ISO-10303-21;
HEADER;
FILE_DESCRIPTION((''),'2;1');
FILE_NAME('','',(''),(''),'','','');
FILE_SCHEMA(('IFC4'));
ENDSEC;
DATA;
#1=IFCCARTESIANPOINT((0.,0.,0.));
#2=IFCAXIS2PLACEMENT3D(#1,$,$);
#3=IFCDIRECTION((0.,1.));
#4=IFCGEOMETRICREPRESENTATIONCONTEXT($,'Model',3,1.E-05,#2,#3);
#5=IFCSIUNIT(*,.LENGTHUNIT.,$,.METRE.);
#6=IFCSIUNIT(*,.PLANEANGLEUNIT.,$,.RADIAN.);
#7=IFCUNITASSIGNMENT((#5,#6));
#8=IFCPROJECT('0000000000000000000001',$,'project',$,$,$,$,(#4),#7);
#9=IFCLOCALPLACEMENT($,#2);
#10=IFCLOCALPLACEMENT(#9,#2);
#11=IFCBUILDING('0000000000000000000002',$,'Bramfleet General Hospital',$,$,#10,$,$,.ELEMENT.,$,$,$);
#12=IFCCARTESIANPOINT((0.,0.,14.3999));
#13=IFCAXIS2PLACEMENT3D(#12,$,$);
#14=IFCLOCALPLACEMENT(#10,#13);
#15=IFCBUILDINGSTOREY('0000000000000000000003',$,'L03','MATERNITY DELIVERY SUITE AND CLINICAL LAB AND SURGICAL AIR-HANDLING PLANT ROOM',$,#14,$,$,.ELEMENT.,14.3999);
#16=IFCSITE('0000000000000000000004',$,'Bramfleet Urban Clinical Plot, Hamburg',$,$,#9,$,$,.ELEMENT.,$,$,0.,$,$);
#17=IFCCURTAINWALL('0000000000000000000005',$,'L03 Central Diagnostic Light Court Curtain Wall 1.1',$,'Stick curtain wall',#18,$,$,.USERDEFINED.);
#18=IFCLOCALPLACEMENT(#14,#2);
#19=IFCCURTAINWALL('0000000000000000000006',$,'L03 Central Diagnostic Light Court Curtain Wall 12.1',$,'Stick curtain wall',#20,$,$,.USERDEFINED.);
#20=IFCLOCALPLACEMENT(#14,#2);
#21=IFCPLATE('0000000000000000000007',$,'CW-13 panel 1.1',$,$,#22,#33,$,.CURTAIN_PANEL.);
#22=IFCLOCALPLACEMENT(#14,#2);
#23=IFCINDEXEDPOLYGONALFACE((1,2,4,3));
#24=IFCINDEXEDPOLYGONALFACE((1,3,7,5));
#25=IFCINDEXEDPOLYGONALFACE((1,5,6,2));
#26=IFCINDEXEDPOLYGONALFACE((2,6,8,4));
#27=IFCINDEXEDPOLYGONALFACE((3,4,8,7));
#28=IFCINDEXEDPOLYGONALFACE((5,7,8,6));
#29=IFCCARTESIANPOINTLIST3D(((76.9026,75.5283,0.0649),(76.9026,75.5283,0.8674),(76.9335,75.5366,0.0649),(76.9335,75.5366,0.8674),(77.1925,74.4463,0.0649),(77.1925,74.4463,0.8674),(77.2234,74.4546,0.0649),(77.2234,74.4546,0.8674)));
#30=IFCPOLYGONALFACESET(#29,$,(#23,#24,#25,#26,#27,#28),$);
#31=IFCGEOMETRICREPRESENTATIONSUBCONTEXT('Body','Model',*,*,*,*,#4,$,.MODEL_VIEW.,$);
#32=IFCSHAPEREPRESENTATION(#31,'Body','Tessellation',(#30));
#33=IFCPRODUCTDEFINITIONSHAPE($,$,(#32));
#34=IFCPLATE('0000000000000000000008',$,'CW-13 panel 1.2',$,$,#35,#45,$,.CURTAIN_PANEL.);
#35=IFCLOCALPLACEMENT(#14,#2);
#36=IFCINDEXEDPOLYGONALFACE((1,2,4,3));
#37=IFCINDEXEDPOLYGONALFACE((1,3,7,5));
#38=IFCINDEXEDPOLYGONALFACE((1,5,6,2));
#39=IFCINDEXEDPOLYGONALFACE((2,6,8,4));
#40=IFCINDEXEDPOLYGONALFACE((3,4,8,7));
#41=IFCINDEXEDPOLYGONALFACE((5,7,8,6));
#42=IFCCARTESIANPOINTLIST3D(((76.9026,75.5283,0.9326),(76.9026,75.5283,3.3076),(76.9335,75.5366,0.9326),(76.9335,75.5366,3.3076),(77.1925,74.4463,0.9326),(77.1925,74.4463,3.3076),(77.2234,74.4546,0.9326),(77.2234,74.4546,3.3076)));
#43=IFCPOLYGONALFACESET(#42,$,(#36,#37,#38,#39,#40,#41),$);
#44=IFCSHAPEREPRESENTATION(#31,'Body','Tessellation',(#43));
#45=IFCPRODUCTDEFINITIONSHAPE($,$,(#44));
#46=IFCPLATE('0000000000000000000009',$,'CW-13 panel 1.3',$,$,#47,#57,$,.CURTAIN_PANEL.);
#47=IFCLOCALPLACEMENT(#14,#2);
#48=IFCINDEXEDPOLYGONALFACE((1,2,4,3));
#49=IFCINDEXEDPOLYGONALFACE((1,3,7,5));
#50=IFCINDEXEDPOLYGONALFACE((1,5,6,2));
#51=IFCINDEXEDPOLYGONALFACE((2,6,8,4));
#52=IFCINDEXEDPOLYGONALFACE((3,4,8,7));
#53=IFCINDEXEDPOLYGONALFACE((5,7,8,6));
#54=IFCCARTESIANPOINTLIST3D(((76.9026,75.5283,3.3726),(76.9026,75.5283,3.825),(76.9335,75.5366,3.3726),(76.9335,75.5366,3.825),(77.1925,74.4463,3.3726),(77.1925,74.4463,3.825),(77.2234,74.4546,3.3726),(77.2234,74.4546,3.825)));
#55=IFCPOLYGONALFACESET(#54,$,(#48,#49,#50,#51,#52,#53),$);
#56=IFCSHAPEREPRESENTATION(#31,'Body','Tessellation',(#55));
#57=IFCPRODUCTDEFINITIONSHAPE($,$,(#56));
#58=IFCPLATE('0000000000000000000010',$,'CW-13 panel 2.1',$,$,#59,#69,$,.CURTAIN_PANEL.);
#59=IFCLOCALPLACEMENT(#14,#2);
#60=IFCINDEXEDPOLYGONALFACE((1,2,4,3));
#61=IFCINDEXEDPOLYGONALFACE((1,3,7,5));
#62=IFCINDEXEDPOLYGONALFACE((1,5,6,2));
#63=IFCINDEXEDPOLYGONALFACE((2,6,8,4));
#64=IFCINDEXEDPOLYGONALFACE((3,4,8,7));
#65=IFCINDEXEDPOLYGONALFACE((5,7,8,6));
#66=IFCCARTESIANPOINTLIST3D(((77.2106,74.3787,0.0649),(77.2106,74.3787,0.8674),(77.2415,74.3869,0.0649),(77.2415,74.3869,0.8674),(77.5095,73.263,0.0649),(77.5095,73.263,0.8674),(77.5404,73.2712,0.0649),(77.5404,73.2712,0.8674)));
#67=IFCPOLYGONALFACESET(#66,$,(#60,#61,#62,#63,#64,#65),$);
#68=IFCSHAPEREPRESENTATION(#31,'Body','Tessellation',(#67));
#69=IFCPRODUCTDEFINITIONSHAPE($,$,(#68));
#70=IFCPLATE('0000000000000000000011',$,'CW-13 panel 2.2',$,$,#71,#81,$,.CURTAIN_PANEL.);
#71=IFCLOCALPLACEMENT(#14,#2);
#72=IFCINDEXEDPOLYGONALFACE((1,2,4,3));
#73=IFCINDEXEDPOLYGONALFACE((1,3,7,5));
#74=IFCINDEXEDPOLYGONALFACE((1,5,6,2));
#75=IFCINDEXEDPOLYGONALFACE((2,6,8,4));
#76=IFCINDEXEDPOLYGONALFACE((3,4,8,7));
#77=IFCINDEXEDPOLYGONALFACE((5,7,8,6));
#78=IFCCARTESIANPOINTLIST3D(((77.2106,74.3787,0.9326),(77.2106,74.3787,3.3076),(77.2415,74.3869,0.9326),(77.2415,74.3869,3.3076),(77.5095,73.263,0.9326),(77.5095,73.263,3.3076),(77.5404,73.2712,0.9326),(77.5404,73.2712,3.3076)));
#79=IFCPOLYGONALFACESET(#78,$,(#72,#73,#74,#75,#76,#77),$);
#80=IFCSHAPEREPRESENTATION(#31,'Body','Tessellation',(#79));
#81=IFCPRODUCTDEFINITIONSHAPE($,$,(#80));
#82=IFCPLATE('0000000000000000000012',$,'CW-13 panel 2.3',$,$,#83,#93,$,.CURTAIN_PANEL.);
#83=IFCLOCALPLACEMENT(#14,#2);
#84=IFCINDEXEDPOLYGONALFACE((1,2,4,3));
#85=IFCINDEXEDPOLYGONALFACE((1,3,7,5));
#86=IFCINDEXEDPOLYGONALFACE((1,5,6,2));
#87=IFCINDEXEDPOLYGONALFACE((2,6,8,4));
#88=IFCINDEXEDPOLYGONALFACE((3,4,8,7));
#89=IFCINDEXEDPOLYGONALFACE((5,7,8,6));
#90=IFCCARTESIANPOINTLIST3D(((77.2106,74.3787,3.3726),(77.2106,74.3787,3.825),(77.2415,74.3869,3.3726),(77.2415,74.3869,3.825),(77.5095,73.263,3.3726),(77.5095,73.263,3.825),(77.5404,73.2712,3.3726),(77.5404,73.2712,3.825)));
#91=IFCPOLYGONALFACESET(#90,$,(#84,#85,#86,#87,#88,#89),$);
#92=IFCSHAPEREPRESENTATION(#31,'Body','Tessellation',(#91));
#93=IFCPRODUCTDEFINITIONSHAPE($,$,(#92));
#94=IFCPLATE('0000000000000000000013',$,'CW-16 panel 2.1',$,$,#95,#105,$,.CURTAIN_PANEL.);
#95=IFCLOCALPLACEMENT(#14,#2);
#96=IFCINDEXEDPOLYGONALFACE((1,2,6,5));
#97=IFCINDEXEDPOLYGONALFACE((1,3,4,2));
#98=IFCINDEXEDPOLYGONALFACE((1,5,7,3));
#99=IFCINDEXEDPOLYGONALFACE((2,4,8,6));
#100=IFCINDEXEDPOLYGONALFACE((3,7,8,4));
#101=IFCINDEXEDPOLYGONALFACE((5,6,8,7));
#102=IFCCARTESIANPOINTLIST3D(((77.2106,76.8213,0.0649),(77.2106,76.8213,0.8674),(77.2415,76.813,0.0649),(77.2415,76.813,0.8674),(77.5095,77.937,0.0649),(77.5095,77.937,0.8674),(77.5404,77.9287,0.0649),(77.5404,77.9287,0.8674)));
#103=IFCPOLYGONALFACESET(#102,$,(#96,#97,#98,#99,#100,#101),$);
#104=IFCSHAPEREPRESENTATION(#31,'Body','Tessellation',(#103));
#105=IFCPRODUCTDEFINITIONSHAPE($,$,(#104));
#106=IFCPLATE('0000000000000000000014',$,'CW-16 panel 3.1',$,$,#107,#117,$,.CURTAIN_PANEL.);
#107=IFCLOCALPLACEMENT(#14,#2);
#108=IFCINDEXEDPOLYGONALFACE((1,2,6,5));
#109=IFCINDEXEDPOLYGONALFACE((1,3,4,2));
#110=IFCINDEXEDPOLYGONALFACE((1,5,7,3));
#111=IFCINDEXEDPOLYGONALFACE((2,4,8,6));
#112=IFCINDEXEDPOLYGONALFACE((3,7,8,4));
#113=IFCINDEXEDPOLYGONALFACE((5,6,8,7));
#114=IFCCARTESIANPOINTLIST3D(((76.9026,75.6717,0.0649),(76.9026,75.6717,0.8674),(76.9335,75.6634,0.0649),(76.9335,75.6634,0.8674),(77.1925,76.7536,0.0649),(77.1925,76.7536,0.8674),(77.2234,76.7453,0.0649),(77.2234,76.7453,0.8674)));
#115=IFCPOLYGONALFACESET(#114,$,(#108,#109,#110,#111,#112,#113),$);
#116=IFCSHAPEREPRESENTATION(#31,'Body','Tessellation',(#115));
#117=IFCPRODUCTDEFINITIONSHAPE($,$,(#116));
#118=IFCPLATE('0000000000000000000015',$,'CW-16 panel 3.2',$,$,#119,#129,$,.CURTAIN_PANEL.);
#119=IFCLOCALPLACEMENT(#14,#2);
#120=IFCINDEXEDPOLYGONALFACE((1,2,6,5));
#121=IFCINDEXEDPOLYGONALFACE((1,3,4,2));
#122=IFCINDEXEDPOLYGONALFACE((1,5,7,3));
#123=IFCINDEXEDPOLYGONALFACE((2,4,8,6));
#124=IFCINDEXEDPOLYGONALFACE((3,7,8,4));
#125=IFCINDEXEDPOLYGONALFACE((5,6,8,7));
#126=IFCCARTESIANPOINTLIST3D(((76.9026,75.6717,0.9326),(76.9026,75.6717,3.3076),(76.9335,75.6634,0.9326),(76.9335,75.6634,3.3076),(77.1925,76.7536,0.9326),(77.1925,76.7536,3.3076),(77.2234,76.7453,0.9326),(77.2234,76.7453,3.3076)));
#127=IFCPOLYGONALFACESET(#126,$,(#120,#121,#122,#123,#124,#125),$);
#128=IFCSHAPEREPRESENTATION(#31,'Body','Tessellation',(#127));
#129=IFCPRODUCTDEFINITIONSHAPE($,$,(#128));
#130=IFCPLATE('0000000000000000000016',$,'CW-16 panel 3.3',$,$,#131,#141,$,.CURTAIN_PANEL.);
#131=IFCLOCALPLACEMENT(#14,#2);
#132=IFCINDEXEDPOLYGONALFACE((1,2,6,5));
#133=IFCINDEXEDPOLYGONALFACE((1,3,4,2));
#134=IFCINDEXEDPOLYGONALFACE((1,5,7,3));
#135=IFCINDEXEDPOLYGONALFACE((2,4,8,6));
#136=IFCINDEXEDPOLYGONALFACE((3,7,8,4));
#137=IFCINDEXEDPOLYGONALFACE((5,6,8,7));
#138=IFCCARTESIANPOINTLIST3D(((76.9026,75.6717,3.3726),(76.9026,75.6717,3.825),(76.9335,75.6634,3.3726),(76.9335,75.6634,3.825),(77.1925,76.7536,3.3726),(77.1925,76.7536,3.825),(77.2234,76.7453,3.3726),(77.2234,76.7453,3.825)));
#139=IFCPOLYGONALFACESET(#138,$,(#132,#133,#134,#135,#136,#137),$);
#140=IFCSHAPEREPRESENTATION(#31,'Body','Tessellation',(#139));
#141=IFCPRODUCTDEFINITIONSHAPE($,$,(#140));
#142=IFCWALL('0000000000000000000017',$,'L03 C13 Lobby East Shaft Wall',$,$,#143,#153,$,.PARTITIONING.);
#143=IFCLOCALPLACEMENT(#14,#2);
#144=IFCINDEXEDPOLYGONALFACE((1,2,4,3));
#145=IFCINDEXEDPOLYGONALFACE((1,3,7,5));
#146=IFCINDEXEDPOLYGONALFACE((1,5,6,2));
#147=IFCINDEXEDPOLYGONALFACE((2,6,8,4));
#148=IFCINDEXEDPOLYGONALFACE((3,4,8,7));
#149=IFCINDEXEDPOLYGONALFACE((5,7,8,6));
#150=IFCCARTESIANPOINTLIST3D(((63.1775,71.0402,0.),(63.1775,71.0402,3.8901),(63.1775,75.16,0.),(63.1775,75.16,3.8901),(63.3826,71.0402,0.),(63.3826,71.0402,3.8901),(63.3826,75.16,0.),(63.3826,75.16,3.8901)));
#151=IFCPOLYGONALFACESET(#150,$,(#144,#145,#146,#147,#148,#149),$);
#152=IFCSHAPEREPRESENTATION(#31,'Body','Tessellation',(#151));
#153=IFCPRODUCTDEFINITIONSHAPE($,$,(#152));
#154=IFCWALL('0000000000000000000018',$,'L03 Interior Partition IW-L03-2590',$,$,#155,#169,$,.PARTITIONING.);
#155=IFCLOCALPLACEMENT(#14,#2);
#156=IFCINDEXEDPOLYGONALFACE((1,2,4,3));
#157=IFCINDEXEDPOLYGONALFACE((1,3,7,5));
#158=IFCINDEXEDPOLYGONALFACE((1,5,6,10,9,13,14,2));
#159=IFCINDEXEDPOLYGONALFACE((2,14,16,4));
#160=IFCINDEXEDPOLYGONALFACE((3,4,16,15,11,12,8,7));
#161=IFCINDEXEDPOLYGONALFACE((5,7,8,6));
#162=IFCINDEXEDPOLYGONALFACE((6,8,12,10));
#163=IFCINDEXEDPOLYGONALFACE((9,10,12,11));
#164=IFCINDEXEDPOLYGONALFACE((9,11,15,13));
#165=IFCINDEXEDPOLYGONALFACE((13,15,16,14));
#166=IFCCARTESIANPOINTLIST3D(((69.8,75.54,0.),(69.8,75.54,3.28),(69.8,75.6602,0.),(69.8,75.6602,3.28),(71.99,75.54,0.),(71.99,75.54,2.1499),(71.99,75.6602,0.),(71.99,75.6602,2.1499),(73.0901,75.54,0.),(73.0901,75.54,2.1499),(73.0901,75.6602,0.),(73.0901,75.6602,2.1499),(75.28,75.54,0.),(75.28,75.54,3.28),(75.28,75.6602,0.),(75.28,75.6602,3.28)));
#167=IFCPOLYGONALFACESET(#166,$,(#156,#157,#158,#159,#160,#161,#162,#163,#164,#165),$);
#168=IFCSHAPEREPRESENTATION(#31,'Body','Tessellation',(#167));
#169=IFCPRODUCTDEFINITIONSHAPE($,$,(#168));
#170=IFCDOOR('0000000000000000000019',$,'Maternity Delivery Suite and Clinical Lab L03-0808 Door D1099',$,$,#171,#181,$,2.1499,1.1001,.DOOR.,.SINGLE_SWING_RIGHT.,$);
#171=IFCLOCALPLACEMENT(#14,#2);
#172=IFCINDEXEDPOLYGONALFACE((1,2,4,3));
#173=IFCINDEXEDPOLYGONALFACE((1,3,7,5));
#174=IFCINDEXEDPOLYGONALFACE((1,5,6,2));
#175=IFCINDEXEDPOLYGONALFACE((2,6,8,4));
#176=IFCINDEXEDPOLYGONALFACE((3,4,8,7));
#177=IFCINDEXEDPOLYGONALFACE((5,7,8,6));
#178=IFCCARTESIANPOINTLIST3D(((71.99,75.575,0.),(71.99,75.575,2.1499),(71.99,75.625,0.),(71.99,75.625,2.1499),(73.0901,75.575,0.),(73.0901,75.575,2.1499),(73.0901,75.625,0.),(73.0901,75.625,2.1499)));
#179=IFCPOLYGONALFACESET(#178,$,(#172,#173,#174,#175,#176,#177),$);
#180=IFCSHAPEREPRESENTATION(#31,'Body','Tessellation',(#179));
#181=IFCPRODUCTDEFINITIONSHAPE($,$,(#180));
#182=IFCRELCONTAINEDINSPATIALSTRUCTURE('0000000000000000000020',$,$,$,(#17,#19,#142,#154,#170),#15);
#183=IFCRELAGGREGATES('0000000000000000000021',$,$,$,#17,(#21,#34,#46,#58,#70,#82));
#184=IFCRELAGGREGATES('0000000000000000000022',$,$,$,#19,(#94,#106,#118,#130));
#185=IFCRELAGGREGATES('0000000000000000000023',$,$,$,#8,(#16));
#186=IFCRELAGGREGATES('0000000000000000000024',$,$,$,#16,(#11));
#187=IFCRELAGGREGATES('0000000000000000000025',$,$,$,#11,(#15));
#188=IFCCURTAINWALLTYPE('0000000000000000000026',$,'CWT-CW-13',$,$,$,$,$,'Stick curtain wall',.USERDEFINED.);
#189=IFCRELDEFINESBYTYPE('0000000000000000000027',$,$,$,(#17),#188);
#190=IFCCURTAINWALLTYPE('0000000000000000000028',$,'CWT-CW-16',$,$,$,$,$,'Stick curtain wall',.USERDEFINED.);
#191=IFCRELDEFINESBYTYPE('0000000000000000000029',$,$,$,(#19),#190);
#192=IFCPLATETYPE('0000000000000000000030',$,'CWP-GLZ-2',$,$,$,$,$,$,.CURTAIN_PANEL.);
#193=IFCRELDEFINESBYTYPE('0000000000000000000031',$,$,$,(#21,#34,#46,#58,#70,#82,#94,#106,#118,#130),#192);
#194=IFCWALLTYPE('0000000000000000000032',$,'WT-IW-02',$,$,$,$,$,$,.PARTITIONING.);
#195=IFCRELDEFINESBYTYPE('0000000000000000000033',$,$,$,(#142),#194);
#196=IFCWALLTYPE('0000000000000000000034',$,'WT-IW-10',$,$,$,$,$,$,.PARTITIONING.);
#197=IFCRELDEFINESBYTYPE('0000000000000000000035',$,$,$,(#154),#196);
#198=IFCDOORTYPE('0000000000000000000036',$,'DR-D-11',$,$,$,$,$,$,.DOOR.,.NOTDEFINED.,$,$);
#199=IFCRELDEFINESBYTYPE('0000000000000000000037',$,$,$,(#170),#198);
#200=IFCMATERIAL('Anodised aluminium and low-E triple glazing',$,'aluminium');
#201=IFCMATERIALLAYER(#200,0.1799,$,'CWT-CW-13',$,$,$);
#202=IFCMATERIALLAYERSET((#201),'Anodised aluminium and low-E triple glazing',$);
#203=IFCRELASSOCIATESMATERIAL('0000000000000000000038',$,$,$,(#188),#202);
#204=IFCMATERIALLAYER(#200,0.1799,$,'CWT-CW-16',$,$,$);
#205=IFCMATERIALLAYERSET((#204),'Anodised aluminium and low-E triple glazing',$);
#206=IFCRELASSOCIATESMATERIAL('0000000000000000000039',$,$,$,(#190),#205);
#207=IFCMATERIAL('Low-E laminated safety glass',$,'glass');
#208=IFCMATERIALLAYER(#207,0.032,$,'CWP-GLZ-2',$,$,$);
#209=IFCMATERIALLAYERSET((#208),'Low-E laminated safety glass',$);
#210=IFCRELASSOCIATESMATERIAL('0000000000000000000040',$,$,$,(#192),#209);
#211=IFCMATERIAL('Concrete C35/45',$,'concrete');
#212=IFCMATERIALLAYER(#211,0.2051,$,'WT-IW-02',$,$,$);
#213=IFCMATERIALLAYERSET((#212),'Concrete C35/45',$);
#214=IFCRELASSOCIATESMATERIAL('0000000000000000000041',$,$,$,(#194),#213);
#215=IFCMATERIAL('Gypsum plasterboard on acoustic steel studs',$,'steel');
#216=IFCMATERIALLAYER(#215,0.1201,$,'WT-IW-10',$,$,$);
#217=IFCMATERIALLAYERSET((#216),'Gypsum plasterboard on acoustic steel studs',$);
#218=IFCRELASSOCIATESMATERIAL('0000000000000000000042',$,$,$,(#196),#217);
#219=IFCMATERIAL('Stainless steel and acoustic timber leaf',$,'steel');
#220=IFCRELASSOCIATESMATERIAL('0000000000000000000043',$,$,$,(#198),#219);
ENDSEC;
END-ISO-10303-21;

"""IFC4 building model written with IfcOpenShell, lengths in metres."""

from ifc_helpers import new_model, si_unit, direction, frame, frame_2d, origin, origin_2d, place, context, subcontext, project, spatial, rectangle, extrude, material, layer, layer_set, type_object, element, fill, aggregate, save


model = new_model("IFC4")

# Units and contexts
model_context = context("Model", 3, precision=1e-05, world=origin(), true_north=direction((0.0, 1.0)))
body_context = subcontext(model_context, "Body", "Model", "MODEL_VIEW")
ifc_project = project(units=[si_unit("LENGTHUNIT", "METRE"), si_unit("PLANEANGLEUNIT", "RADIAN")], contexts=[model_context])

# Site, building, storey
site_placement = place(None, origin())
site = spatial("IfcSite", under=ifc_project, at=site_placement, Name="Bramfleet Urban Clinical Plot, Hamburg", CompositionType="ELEMENT", RefElevation=0.0)
building_placement = place(site_placement, origin())
building = spatial("IfcBuilding", under=site, at=building_placement, Name="Bramfleet General Hospital", CompositionType="ELEMENT")
storey_placement = place(building_placement, frame((0.0, 0.0, 14.3999)))
storey = spatial("IfcBuildingStorey", under=building, at=storey_placement, Name="L03", Description="MATERNITY DELIVERY SUITE AND CLINICAL LAB AND SURGICAL AIR-HANDLING PLANT ROOM", CompositionType="ELEMENT", Elevation=14.3999)

# Shared definitions
ifc_material_1 = material(Name="Concrete C35/45", Category="concrete")

# Curtain walls
ifc_material_2 = material(Name="Anodised aluminium and low-E triple glazing", Category="aluminium")
ifc_layer_1 = layer(ifc_material_2, 0.1799, Name="CWT-CW-13")
ifc_layer_set_1 = layer_set([ifc_layer_1], Name="Anodised aluminium and low-E triple glazing")
curtain_wall_type_1 = type_object("IfcCurtainWallType", Name="CWT-CW-13", ElementType="Stick curtain wall", PredefinedType="USERDEFINED", material=ifc_layer_set_1)
curtain_wall_1_placement = place(storey_placement, origin())
curtain_wall_1 = element("IfcCurtainWall", 1, at=curtain_wall_1_placement, inside=storey, type_object=curtain_wall_type_1, Name="L03 Central Diagnostic Light Court Curtain Wall 1.1", ObjectType="Stick curtain wall", PredefinedType="USERDEFINED")
ifc_layer_2 = layer(ifc_material_2, 0.1799, Name="CWT-CW-16")
ifc_layer_set_2 = layer_set([ifc_layer_2], Name="Anodised aluminium and low-E triple glazing")
curtain_wall_type_2 = type_object("IfcCurtainWallType", Name="CWT-CW-16", ElementType="Stick curtain wall", PredefinedType="USERDEFINED", material=ifc_layer_set_2)
curtain_wall_2_placement = place(storey_placement, origin())
curtain_wall_2 = element("IfcCurtainWall", 2, at=curtain_wall_2_placement, inside=storey, type_object=curtain_wall_type_2, Name="L03 Central Diagnostic Light Court Curtain Wall 12.1", ObjectType="Stick curtain wall", PredefinedType="USERDEFINED")

# Plates
ifc_material_3 = material(Name="Low-E laminated safety glass", Category="glass")
ifc_layer_3 = layer(ifc_material_3, 0.032, Name="CWP-GLZ-2")
ifc_layer_set_3 = layer_set([ifc_layer_3], Name="Low-E laminated safety glass")
plate_type = type_object("IfcPlateType", Name="CWP-GLZ-2", PredefinedType="CURTAIN_PANEL", material=ifc_layer_set_3)
plate_1_placement = place(storey_placement, frame((77.063, 74.9915, 0.0649), z_axis=(0.0, 0.0, 1.0), x_axis=(0.258763, -0.965941, 0.0)))
plate_1 = element("IfcPlate", 3, at=plate_1_placement, type_object=plate_type, Name="CW-13 panel 1.1", PredefinedType="CURTAIN_PANEL", context=body_context, shape_type="SweptSolid", body=[
    extrude(rectangle(XDim=1.1201, YDim=0.032, at=origin_2d()), origin(), (0.0, 0.0, 1.0), 0.8025),
])
plate_2_placement = place(storey_placement, frame((77.063, 74.9915, 0.9326), z_axis=(0.0, 0.0, 1.0), x_axis=(0.258763, -0.965941, 0.0)))
plate_2 = element("IfcPlate", 4, at=plate_2_placement, type_object=plate_type, Name="CW-13 panel 1.2", PredefinedType="CURTAIN_PANEL", context=body_context, shape_type="SweptSolid", body=[
    extrude(rectangle(XDim=1.1201, YDim=0.032, at=origin_2d()), origin(), (0.0, 0.0, 1.0), 2.375),
])
plate_3_placement = place(storey_placement, frame((77.063, 74.9915, 3.3726), z_axis=(0.0, 0.0, 1.0), x_axis=(0.258763, -0.965941, 0.0)))
plate_3 = element("IfcPlate", 5, at=plate_3_placement, type_object=plate_type, Name="CW-13 panel 1.3", PredefinedType="CURTAIN_PANEL", context=body_context, shape_type="SweptSolid", body=[
    extrude(rectangle(XDim=1.1201, YDim=0.032, at=origin_2d()), origin(), (0.0, 0.0, 1.0), 0.4524),
])
plate_4_placement = place(storey_placement, frame((77.3755, 73.825, 0.0649), z_axis=(0.0, 0.0, 1.0), x_axis=(0.258763, -0.965941, 0.0)))
plate_4 = element("IfcPlate", 6, at=plate_4_placement, type_object=plate_type, Name="CW-13 panel 2.1", PredefinedType="CURTAIN_PANEL", context=body_context, shape_type="SweptSolid", body=[
    extrude(rectangle(XDim=1.155, YDim=0.032, at=origin_2d()), origin(), (0.0, 0.0, 1.0), 0.8025),
])
plate_5_placement = place(storey_placement, frame((77.3755, 73.825, 0.9326), z_axis=(0.0, 0.0, 1.0), x_axis=(0.258763, -0.965941, 0.0)))
plate_5 = element("IfcPlate", 7, at=plate_5_placement, type_object=plate_type, Name="CW-13 panel 2.2", PredefinedType="CURTAIN_PANEL", context=body_context, shape_type="SweptSolid", body=[
    extrude(rectangle(XDim=1.155, YDim=0.032, at=origin_2d()), origin(), (0.0, 0.0, 1.0), 2.375),
])
plate_6_placement = place(storey_placement, frame((77.3755, 73.825, 3.3726), z_axis=(0.0, 0.0, 1.0), x_axis=(0.258763, -0.965941, 0.0)))
plate_6 = element("IfcPlate", 8, at=plate_6_placement, type_object=plate_type, Name="CW-13 panel 2.3", PredefinedType="CURTAIN_PANEL", context=body_context, shape_type="SweptSolid", body=[
    extrude(rectangle(XDim=1.155, YDim=0.032, at=origin_2d()), origin(), (0.0, 0.0, 1.0), 0.4524),
])
aggregate(curtain_wall_1, [plate_1, plate_2, plate_3, plate_4, plate_5, plate_6])
plate_7_placement = place(storey_placement, frame((77.3755, 77.375, 0.0649), z_axis=(0.0, 0.0, 1.0), x_axis=(-0.258763, -0.965941, 0.0)))
plate_7 = element("IfcPlate", 9, at=plate_7_placement, type_object=plate_type, Name="CW-16 panel 2.1", PredefinedType="CURTAIN_PANEL", context=body_context, shape_type="SweptSolid", body=[
    extrude(rectangle(XDim=1.155, YDim=0.032, at=origin_2d()), origin(), (0.0, 0.0, 1.0), 0.8025),
])
plate_8_placement = place(storey_placement, frame((77.063, 76.2085, 0.0649), z_axis=(0.0, 0.0, 1.0), x_axis=(-0.258763, -0.965941, 0.0)))
plate_8 = element("IfcPlate", 10, at=plate_8_placement, type_object=plate_type, Name="CW-16 panel 3.1", PredefinedType="CURTAIN_PANEL", context=body_context, shape_type="SweptSolid", body=[
    extrude(rectangle(XDim=1.1201, YDim=0.032, at=origin_2d()), origin(), (0.0, 0.0, 1.0), 0.8025),
])
plate_9_placement = place(storey_placement, frame((77.063, 76.2085, 0.9326), z_axis=(0.0, 0.0, 1.0), x_axis=(-0.258763, -0.965941, 0.0)))
plate_9 = element("IfcPlate", 11, at=plate_9_placement, type_object=plate_type, Name="CW-16 panel 3.2", PredefinedType="CURTAIN_PANEL", context=body_context, shape_type="SweptSolid", body=[
    extrude(rectangle(XDim=1.1201, YDim=0.032, at=origin_2d()), origin(), (0.0, 0.0, 1.0), 2.375),
])
plate_10_placement = place(storey_placement, frame((77.063, 76.2085, 3.3726), z_axis=(0.0, 0.0, 1.0), x_axis=(-0.258763, -0.965941, 0.0)))
plate_10 = element("IfcPlate", 12, at=plate_10_placement, type_object=plate_type, Name="CW-16 panel 3.3", PredefinedType="CURTAIN_PANEL", context=body_context, shape_type="SweptSolid", body=[
    extrude(rectangle(XDim=1.1201, YDim=0.032, at=origin_2d()), origin(), (0.0, 0.0, 1.0), 0.4524),
])
aggregate(curtain_wall_2, [plate_7, plate_8, plate_9, plate_10])

# Wall
ifc_layer_4 = layer(ifc_material_1, 0.2051, Name="WT-IW-02")
ifc_layer_set_4 = layer_set([ifc_layer_4], Name="Concrete C35/45")
wall_type_1 = type_object("IfcWallType", Name="WT-IW-02", PredefinedType="PARTITIONING", material=ifc_layer_set_4)
wall_1_placement = place(storey_placement, frame((63.28, 71.04, 0.0), z_axis=(0.0, 0.0, 1.0), x_axis=(0.0, 1.0, 0.0)))
element("IfcWall", 13, at=wall_1_placement, inside=storey, type_object=wall_type_1, Name="L03 C13 Lobby East Shaft Wall", PredefinedType="PARTITIONING", context=body_context, shape_type="SweptSolid", body=[
    extrude(rectangle(XDim=4.1199, YDim=0.2051, at=frame_2d((2.0601, 0.0))), origin(), (0.0, 0.0, 1.0), 3.8901),
])

# Wall, opening, door
ifc_material_4 = material(Name="Gypsum plasterboard on acoustic steel studs", Category="steel")
ifc_layer_5 = layer(ifc_material_4, 0.1201, Name="WT-IW-10")
ifc_layer_set_5 = layer_set([ifc_layer_5], Name="Gypsum plasterboard on acoustic steel studs")
wall_type_2 = type_object("IfcWallType", Name="WT-IW-10", PredefinedType="PARTITIONING", material=ifc_layer_set_5)
wall_2_placement = place(storey_placement, frame((69.8, 75.6001, 0.0), z_axis=(0.0, 0.0, 1.0), x_axis=(1.0, 0.0, 0.0)))
wall_2 = element("IfcWall", 14, at=wall_2_placement, inside=storey, type_object=wall_type_2, Name="L03 Interior Partition IW-L03-2590", PredefinedType="PARTITIONING", context=body_context, shape_type="SweptSolid", body=[
    extrude(rectangle(XDim=5.48, YDim=0.1201, at=frame_2d((2.74, 0.0))), origin(), (0.0, 0.0, 1.0), 3.28),
])
opening_placement = place(wall_2_placement, frame((2.1899, 0.0, 0.0)))
opening = element("IfcOpeningElement", 15, at=opening_placement, cuts=wall_2, PredefinedType="OPENING", context=body_context, shape_type="SweptSolid", body=[
    extrude(rectangle(XDim=1.1001, YDim=2.1499, at=frame_2d((0.55, 1.075))), frame((0.0, 0.0701, 0.0), z_axis=(0.0, -1.0, 0.0), x_axis=(1.0, 0.0, 0.0)), (0.0, 0.0, 1.0), 0.1401),
])
ifc_material_5 = material(Name="Stainless steel and acoustic timber leaf", Category="steel")
door_type = type_object("IfcDoorType", Name="DR-D-11", OperationType="NOTDEFINED", PredefinedType="DOOR", material=ifc_material_5)
door_placement = place(opening_placement, origin())
door = element("IfcDoor", 16, at=door_placement, inside=storey, type_object=door_type, Name="Maternity Delivery Suite and Clinical Lab L03-0808 Door D1099", OperationType="SINGLE_SWING_RIGHT", OverallHeight=2.1499, OverallWidth=1.1001, PredefinedType="DOOR", context=body_context, shape_type="SweptSolid", body=[
    extrude(rectangle(XDim=1.1001, YDim=2.1499, at=frame_2d((0.55, 1.075))), frame((0.0, 0.0249, 0.0), z_axis=(0.0, -1.0, 0.0), x_axis=(1.0, 0.0, 0.0)), (0.0, 0.0, 1.0), 0.05),
])
fill(opening, door)

save(model, "model.ifc")
